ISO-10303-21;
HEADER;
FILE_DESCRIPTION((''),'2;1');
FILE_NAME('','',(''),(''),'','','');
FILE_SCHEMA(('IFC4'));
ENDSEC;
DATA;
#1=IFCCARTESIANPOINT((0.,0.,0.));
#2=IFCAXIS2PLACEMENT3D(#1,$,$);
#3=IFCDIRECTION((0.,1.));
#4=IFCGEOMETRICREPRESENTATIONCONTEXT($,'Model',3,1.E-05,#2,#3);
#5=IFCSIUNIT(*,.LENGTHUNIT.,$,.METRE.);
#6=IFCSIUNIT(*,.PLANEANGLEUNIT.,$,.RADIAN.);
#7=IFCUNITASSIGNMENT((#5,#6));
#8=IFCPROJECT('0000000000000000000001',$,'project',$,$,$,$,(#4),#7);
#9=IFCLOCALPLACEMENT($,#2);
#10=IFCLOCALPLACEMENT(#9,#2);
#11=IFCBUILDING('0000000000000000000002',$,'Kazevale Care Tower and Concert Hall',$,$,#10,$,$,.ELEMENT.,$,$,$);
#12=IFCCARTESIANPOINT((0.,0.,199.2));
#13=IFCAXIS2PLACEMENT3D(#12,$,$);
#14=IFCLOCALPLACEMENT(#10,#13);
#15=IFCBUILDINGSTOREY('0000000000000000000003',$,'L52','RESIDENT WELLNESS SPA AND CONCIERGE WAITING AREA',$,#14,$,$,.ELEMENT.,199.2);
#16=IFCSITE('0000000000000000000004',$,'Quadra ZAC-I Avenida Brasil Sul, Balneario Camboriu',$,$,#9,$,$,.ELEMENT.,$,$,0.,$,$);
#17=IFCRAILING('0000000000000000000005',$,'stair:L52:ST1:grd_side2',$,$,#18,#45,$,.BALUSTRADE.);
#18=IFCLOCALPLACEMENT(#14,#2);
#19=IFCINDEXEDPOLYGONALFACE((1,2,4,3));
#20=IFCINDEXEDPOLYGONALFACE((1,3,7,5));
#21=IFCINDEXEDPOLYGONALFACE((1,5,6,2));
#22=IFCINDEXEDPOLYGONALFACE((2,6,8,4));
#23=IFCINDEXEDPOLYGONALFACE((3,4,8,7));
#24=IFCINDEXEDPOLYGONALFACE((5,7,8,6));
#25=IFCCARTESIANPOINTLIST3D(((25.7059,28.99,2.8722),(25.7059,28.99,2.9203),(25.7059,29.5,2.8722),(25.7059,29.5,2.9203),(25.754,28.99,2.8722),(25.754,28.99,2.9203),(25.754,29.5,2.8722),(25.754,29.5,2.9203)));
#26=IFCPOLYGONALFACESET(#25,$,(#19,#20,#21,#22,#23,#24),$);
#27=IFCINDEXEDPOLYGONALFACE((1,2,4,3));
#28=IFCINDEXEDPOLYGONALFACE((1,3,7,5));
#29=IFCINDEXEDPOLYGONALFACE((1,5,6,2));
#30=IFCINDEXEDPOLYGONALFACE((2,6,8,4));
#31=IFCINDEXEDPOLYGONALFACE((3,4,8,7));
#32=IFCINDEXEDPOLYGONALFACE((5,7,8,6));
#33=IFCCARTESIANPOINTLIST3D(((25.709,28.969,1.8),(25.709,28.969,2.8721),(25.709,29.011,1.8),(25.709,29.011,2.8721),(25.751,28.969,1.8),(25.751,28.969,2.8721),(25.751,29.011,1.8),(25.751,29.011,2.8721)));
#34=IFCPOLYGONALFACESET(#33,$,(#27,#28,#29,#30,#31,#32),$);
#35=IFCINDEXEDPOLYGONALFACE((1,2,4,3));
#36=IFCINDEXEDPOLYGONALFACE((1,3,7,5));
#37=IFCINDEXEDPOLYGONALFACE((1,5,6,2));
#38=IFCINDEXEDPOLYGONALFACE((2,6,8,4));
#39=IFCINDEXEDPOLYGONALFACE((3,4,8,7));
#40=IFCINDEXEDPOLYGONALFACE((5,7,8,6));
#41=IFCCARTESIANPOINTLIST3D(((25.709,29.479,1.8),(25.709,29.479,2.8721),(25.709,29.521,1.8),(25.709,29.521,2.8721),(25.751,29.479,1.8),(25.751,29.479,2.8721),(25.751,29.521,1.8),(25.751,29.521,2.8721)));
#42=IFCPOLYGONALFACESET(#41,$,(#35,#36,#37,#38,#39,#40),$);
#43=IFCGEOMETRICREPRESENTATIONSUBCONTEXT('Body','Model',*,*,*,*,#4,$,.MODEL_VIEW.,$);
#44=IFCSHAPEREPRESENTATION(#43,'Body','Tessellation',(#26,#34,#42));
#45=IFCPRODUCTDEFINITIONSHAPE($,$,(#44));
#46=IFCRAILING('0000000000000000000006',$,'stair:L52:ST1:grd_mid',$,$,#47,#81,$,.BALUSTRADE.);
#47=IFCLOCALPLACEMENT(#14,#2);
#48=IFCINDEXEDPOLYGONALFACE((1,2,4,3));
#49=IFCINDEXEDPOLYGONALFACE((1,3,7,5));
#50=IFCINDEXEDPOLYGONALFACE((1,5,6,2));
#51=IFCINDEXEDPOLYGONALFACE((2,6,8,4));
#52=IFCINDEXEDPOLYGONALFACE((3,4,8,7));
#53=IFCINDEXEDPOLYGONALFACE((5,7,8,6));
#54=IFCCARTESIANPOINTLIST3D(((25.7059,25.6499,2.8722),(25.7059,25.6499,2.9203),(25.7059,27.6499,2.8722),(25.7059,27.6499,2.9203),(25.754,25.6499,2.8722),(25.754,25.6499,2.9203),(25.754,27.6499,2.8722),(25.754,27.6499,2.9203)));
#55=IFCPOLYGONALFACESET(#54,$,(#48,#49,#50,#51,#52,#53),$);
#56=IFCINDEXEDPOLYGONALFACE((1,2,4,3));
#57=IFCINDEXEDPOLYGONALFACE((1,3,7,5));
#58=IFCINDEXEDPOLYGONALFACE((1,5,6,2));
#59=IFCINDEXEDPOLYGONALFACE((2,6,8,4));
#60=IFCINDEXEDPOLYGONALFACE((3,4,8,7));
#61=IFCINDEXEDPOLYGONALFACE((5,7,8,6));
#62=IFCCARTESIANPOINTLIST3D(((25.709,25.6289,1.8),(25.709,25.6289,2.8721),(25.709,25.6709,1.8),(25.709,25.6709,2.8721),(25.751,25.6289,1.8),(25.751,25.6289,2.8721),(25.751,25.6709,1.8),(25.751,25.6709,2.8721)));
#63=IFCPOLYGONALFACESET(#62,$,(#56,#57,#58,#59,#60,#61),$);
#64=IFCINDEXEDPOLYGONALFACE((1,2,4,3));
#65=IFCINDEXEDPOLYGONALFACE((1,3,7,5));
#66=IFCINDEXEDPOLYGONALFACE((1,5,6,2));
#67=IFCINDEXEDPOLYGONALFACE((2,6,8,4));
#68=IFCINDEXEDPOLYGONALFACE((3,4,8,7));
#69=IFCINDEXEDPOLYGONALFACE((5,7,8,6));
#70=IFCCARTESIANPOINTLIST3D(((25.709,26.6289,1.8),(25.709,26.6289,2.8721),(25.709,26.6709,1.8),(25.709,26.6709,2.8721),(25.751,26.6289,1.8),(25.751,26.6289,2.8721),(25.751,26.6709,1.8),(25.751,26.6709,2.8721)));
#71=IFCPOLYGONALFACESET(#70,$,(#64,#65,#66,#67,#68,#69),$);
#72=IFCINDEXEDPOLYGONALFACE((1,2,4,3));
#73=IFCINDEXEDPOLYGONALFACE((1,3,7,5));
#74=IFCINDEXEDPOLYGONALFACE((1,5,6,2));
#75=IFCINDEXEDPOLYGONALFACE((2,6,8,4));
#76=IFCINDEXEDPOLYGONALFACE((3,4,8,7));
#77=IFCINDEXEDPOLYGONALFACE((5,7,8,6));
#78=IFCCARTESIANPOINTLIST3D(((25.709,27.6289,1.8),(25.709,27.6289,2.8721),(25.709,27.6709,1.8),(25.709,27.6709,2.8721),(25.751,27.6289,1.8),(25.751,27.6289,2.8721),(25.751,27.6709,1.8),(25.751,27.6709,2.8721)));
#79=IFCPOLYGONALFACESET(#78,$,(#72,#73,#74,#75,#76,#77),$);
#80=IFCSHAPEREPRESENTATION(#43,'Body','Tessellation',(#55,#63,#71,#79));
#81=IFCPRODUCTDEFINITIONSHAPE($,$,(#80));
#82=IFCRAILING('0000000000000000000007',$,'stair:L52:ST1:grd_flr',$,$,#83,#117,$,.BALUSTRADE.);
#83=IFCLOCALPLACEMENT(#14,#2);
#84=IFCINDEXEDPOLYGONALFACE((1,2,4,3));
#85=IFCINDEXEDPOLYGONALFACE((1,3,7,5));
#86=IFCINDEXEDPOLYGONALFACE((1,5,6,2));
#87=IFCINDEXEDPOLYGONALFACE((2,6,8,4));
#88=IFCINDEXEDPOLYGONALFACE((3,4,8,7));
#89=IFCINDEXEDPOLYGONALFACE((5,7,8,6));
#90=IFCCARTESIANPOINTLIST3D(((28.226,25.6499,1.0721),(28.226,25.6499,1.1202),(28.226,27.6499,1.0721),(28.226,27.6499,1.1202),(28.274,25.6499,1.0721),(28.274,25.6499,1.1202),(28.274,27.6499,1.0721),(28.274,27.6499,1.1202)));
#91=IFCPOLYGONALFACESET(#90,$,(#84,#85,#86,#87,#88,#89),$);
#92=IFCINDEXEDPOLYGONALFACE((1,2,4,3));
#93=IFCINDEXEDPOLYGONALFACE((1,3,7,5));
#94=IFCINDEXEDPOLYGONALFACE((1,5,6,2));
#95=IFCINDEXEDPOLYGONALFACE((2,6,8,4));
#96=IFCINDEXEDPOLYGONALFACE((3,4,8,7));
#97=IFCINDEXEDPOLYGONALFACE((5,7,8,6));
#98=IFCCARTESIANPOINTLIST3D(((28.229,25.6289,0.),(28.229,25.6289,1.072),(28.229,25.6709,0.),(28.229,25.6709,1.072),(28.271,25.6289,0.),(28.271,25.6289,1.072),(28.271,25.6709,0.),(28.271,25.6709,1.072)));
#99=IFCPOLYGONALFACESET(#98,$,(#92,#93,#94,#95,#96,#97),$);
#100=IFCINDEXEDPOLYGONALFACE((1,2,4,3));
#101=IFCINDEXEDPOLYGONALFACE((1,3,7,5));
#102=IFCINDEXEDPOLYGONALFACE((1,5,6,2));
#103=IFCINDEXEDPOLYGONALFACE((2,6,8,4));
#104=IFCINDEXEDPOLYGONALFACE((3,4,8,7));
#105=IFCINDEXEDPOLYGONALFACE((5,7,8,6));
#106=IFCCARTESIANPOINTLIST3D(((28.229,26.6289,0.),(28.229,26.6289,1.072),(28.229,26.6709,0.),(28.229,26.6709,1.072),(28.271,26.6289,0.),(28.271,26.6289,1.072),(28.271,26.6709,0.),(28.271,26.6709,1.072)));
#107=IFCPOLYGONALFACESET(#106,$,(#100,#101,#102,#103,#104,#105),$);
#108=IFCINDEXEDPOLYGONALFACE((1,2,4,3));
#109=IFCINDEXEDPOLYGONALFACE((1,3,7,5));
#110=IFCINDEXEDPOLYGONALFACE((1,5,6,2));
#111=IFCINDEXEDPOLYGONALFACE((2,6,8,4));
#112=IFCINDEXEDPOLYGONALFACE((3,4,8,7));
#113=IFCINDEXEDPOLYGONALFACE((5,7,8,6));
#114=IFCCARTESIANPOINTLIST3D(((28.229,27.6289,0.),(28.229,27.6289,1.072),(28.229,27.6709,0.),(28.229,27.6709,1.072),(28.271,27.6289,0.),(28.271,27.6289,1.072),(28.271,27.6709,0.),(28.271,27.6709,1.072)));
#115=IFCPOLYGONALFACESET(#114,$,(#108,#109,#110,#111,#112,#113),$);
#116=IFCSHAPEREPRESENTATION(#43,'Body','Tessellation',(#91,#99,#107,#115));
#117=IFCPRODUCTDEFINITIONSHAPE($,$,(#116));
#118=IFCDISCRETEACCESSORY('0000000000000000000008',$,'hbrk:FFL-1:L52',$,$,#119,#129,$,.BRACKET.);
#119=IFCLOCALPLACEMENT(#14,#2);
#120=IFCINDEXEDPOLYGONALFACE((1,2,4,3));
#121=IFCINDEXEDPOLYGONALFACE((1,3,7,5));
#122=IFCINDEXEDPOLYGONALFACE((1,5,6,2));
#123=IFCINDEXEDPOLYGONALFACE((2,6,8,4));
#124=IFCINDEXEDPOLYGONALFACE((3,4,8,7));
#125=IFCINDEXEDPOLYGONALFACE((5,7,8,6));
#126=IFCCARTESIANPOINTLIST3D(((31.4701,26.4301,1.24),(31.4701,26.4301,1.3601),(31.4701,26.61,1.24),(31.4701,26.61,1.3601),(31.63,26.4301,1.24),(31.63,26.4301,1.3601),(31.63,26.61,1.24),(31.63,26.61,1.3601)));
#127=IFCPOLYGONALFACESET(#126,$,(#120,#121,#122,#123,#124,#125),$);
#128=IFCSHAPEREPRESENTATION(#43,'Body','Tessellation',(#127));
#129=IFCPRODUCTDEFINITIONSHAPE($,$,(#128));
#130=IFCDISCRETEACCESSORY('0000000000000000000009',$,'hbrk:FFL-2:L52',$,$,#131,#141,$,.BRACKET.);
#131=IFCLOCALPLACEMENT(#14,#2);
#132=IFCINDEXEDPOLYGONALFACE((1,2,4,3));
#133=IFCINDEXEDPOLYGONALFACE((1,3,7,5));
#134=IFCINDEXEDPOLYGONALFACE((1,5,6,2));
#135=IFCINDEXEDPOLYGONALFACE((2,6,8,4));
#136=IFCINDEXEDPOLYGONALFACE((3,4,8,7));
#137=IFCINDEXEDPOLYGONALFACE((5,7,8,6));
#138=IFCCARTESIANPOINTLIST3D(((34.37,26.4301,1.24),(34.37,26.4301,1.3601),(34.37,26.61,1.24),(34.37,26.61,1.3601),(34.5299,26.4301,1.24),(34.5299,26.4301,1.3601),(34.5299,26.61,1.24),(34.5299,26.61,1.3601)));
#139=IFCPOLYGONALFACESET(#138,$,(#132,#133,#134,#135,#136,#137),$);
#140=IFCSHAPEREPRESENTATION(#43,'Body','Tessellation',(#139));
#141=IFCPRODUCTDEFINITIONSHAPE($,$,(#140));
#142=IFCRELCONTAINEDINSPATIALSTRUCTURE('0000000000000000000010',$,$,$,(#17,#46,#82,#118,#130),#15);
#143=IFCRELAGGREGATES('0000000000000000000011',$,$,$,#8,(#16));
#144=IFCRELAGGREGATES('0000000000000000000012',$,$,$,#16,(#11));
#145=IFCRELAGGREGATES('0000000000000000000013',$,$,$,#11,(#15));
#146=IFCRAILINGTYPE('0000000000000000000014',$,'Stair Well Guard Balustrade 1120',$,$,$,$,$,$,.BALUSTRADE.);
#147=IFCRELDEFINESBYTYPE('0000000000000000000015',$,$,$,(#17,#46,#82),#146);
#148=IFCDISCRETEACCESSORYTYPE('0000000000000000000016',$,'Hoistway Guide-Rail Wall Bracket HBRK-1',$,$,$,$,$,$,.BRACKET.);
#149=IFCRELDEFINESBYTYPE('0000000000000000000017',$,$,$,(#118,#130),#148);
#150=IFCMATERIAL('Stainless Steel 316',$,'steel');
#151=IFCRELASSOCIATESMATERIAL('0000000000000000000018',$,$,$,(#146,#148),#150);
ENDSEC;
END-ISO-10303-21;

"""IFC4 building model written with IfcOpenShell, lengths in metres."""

from ifc_helpers import new_model, si_unit, direction, frame, origin, origin_2d, place, context, subcontext, project, spatial, rectangle, extrude, material, type_object, element, save


model = new_model("IFC4")

# Units and contexts
model_context = context("Model", 3, precision=1e-05, world=origin(), true_north=direction((0.0, 1.0)))
body_context = subcontext(model_context, "Body", "Model", "MODEL_VIEW")
ifc_project = project(units=[si_unit("LENGTHUNIT", "METRE"), si_unit("PLANEANGLEUNIT", "RADIAN")], contexts=[model_context])

# Site, building, storey
site_placement = place(None, origin())
site = spatial("IfcSite", under=ifc_project, at=site_placement, Name="Quadra ZAC-I Avenida Brasil Sul, Balneario Camboriu", CompositionType="ELEMENT", RefElevation=0.0)
building_placement = place(site_placement, origin())
building = spatial("IfcBuilding", under=site, at=building_placement, Name="Kazevale Care Tower and Concert Hall", CompositionType="ELEMENT")
storey_placement = place(building_placement, frame((0.0, 0.0, 199.2)))
storey = spatial("IfcBuildingStorey", under=building, at=storey_placement, Name="L52", Description="RESIDENT WELLNESS SPA AND CONCIERGE WAITING AREA", CompositionType="ELEMENT", Elevation=199.2)

# Shared definitions
ifc_material_1 = material(Name="Stainless Steel 316", Category="steel")

# Railings
railing_type_1 = type_object("IfcRailingType", Name="Stair Well Guard Balustrade 1120", PredefinedType="BALUSTRADE", material=ifc_material_1)
railing_1_placement = place(storey_placement, frame((25.73, 28.99, 1.8)))
element("IfcRailing", 1, at=railing_1_placement, inside=storey, type_object=railing_type_1, Name="stair:L52:ST1:grd_side2", PredefinedType="BALUSTRADE", context=body_context, shape_type="SweptSolid", body=[
    extrude(rectangle(XDim=0.0481, YDim=0.0481, at=origin_2d()), frame((0.0, 0.0, 1.0962), z_axis=(0.0, 1.0, 0.0), x_axis=(-1.0, 0.0, 0.0)), (0.0, 0.0, 1.0), 0.51),
    extrude(rectangle(XDim=0.042, YDim=0.042, at=origin_2d()), origin(), (0.0, 0.0, 1.0), 1.072),
    extrude(rectangle(XDim=0.042, YDim=0.042, at=origin_2d()), frame((0.0, 0.51, 0.0)), (0.0, 0.0, 1.0), 1.072),
])
for number, where, name in (
    (2, (25.73, 25.6499, 1.8), "stair:L52:ST1:grd_mid"),
    (3, (28.25, 25.6499, 0.0), "stair:L52:ST1:grd_flr"),
):
    element("IfcRailing", number, at=place(storey_placement, frame(where)), inside=storey, type_object=railing_type_1, Name=name, PredefinedType="BALUSTRADE", context=body_context, shape_type="SweptSolid", body=[
        extrude(rectangle(XDim=0.0481, YDim=0.0481, at=origin_2d()), frame((0.0, 0.0, 1.0962), z_axis=(0.0, 1.0, 0.0), x_axis=(-1.0, 0.0, 0.0)), (0.0, 0.0, 1.0), 2.0),
        extrude(rectangle(XDim=0.042, YDim=0.042, at=origin_2d()), origin(), (0.0, 0.0, 1.0), 1.072),
        extrude(rectangle(XDim=0.042, YDim=0.042, at=origin_2d()), frame((0.0, 1.0, 0.0)), (0.0, 0.0, 1.0), 1.072),
        extrude(rectangle(XDim=0.042, YDim=0.042, at=origin_2d()), frame((0.0, 2.0, 0.0)), (0.0, 0.0, 1.0), 1.072),
    ])

# Discrete accessories
discrete_accessory_type = type_object("IfcDiscreteAccessoryType", Name="Hoistway Guide-Rail Wall Bracket HBRK-1", PredefinedType="BRACKET", material=ifc_material_1)
for number, where, z_axis, x_axis, name in (
    (4, (31.55, 26.52, 1.24), (0.0, 0.0, 1.0), (1.0, 0.0, 0.0), "hbrk:FFL-1:L52"),
    (5, (34.45, 26.52, 1.24), (0.0, 0.0, 1.0), (1.0, 0.0, 0.0), "hbrk:FFL-2:L52"),
):
    element("IfcDiscreteAccessory", number, at=place(storey_placement, frame(where, z_axis=z_axis, x_axis=x_axis)), inside=storey, type_object=discrete_accessory_type, Name=name, PredefinedType="BRACKET", context=body_context, shape_type="SweptSolid", body=[
        extrude(rectangle(XDim=0.1599, YDim=0.1799, at=origin_2d()), origin(), (0.0, 0.0, 1.0), 0.1201),
    ])

save(model, "model.ifc")
